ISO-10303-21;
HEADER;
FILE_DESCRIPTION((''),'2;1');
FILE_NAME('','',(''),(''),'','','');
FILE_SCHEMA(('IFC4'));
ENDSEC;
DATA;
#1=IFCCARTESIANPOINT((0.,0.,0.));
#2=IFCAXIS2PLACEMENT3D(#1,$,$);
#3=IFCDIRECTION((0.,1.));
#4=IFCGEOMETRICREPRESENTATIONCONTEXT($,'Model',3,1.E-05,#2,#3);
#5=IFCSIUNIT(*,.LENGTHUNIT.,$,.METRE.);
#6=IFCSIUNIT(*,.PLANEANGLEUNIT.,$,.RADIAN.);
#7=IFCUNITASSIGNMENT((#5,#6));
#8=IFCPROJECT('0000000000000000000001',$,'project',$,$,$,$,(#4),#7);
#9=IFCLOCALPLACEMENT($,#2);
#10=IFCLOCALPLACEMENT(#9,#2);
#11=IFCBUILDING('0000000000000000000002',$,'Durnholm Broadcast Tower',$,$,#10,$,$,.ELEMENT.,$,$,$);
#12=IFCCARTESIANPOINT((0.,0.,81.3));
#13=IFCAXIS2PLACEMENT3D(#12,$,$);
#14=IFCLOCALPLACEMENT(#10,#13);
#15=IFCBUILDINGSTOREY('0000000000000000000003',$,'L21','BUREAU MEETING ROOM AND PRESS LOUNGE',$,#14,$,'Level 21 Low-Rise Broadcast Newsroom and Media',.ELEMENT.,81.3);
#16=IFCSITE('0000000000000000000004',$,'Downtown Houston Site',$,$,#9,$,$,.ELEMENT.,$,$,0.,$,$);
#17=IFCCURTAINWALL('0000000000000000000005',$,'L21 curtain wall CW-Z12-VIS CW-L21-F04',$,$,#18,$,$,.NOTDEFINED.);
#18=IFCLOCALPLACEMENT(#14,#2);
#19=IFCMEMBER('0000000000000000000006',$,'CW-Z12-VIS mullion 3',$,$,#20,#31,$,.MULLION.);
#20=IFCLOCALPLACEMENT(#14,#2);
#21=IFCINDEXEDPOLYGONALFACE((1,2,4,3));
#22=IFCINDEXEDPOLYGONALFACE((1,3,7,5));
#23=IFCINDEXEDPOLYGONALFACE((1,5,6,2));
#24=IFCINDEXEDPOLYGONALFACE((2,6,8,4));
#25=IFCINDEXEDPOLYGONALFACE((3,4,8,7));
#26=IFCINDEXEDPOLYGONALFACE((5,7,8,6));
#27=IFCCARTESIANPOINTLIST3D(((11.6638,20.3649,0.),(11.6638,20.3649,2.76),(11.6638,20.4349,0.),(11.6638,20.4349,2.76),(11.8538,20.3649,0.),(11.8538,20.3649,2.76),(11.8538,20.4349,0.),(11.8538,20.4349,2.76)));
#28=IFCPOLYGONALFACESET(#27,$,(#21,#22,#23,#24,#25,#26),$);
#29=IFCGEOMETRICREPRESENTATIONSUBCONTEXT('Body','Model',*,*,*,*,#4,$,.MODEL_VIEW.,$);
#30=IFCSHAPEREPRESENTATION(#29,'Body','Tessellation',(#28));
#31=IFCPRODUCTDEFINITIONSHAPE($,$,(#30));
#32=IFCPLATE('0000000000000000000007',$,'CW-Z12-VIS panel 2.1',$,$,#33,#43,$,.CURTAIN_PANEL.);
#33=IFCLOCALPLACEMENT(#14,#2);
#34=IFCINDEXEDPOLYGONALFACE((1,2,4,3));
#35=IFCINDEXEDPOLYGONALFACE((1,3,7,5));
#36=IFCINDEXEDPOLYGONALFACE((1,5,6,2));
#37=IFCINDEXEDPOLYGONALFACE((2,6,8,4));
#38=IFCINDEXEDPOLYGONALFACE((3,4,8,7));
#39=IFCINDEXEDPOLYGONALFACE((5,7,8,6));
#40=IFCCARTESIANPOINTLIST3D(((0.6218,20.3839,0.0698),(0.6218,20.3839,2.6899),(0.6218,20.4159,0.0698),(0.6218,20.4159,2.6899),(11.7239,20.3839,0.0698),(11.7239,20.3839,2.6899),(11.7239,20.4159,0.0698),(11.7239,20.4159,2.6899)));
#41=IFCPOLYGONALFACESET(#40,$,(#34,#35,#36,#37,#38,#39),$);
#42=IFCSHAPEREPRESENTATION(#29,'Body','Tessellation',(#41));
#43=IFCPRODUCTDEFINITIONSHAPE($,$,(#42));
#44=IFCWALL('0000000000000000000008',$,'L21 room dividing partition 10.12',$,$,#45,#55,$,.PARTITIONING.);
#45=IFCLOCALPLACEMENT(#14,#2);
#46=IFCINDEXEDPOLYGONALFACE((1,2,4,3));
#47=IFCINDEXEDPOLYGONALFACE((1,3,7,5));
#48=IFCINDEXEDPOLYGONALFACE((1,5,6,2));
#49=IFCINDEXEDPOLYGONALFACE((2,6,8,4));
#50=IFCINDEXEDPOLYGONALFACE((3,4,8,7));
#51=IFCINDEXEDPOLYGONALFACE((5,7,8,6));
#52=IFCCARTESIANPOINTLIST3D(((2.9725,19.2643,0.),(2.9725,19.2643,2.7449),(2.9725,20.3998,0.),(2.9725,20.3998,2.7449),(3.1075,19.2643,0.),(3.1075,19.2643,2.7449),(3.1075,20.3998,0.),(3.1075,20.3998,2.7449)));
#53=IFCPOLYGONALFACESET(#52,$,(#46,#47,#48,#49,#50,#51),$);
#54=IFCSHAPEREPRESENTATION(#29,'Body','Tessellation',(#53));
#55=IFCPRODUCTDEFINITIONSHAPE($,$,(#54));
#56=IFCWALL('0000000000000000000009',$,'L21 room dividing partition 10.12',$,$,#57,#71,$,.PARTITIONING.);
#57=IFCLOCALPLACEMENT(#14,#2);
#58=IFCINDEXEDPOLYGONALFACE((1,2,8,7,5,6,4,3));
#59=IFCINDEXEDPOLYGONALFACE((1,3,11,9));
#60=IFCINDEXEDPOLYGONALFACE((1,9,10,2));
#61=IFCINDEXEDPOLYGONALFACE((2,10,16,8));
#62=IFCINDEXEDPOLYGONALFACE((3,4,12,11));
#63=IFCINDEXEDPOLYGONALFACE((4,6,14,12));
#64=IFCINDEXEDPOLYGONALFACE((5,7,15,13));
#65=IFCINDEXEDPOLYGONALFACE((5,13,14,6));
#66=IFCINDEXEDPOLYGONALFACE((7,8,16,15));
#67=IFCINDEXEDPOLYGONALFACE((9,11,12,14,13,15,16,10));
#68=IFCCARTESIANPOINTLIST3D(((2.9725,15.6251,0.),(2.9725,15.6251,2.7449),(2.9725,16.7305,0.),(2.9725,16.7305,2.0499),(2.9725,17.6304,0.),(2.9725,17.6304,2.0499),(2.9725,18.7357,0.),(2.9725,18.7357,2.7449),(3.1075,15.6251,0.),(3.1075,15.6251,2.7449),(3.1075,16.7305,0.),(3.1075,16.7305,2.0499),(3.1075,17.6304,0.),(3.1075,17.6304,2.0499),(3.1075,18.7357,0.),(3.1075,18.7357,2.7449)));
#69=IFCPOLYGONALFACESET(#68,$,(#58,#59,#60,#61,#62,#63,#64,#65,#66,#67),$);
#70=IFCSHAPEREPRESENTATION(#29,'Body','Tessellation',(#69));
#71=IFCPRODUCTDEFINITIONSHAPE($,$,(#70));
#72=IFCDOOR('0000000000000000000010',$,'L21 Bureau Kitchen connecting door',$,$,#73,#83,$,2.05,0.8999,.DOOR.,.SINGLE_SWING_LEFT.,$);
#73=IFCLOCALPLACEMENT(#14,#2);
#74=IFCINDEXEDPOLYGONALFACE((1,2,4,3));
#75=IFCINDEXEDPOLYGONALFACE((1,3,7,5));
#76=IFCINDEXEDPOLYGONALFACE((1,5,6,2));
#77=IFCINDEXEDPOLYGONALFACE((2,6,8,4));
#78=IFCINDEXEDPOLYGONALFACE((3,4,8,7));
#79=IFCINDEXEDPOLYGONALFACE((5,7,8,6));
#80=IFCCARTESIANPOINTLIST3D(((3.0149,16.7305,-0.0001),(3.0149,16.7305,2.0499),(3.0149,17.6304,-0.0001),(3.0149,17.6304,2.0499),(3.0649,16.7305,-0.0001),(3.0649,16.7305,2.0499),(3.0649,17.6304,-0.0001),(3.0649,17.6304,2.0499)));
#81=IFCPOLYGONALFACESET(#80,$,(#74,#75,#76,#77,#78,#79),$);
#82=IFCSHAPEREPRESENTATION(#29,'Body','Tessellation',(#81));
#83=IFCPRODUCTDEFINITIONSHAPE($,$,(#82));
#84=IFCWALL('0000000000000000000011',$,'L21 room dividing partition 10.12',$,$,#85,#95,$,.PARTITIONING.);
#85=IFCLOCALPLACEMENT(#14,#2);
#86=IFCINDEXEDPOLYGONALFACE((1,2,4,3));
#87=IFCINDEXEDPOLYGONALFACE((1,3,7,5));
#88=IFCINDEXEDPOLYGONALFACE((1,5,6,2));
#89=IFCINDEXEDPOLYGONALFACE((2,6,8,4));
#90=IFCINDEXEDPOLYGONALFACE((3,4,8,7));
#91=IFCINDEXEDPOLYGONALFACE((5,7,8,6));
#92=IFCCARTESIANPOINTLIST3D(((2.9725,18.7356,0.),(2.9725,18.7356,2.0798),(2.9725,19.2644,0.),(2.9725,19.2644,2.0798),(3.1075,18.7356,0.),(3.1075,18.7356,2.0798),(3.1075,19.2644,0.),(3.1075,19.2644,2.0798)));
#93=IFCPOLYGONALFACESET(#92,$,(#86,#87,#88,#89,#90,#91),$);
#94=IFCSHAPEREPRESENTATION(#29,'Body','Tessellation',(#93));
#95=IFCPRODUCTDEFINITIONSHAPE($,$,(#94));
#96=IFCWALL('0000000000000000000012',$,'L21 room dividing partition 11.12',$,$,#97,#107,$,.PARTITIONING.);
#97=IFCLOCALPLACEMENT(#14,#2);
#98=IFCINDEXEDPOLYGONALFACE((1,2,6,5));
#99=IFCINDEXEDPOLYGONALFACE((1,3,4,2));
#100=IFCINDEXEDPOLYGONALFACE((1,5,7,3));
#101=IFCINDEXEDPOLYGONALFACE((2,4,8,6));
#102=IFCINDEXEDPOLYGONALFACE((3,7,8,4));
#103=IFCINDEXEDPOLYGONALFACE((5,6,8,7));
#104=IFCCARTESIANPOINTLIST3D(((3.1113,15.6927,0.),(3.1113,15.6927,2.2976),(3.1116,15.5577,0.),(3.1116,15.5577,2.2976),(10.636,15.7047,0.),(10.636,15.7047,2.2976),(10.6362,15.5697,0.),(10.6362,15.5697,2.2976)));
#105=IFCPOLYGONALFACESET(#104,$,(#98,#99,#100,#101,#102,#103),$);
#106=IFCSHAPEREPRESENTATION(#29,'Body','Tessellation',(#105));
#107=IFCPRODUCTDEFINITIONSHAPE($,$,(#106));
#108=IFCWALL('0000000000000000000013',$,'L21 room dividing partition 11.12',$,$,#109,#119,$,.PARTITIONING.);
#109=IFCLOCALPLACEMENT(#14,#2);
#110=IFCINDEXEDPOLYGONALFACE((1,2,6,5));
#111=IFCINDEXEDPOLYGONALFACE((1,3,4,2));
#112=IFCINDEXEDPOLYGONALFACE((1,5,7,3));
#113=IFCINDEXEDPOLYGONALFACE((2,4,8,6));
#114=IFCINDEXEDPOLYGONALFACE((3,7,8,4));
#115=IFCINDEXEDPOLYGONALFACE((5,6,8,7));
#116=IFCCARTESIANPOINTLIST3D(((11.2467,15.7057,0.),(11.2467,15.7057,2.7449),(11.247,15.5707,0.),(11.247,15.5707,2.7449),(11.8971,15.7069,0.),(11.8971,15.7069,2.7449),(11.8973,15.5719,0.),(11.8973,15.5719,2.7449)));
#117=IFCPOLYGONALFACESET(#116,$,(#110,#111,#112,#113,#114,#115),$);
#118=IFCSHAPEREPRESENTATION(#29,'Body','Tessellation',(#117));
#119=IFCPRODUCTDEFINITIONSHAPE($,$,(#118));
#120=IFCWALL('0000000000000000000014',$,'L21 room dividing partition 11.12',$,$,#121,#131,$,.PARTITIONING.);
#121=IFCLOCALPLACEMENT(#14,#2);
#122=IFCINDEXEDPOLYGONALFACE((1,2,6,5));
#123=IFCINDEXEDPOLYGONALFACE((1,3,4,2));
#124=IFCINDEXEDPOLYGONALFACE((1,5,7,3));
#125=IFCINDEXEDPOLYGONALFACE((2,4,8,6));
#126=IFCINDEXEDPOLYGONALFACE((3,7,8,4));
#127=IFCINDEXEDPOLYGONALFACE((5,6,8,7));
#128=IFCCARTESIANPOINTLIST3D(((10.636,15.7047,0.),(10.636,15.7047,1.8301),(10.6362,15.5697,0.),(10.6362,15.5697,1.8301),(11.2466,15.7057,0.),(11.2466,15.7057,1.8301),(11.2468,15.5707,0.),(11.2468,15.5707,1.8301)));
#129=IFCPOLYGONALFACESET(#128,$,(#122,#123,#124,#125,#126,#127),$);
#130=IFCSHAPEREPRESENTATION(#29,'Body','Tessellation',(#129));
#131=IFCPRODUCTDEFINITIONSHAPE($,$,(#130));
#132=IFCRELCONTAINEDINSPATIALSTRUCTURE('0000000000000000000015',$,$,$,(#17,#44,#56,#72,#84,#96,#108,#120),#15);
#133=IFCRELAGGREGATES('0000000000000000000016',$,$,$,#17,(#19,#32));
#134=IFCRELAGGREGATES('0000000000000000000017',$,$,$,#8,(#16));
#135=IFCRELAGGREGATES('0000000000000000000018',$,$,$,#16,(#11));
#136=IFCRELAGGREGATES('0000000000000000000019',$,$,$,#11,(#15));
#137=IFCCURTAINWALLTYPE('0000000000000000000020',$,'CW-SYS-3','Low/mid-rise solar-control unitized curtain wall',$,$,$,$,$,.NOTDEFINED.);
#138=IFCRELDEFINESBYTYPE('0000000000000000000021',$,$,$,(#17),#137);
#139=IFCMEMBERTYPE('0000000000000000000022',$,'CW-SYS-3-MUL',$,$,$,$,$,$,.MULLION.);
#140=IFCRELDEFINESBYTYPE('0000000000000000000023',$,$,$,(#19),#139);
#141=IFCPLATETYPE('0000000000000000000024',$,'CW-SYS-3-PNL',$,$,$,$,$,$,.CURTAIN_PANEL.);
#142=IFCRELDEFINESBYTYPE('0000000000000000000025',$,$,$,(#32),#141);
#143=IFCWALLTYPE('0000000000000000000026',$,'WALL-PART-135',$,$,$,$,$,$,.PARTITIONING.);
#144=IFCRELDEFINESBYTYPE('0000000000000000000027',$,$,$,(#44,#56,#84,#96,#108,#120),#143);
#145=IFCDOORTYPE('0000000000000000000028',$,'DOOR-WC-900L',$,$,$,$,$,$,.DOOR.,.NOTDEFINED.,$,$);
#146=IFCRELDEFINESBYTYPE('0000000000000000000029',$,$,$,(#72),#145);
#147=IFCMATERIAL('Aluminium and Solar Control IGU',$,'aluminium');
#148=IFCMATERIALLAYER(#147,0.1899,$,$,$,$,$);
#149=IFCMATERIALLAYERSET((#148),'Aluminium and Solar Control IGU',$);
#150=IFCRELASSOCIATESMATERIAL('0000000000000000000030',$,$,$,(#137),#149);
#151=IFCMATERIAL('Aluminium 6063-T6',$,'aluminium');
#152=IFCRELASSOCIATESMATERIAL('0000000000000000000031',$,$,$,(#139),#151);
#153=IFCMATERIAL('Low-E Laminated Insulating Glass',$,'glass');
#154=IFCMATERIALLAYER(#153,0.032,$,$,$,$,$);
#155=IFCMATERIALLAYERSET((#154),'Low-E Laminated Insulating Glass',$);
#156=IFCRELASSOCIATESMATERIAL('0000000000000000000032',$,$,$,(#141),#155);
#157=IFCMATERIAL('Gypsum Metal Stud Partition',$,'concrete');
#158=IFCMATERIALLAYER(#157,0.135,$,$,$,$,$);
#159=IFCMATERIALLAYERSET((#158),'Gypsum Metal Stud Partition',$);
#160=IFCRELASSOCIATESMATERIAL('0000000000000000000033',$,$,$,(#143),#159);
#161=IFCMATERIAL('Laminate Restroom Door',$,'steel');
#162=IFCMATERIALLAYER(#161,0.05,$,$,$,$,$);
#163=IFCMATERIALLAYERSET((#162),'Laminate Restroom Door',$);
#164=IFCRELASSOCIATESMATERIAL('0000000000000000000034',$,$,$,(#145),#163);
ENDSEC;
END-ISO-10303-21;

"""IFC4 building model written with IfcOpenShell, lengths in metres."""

from ifc_helpers import new_model, si_unit, direction, frame, frame_2d, origin, origin_2d, place, context, subcontext, project, spatial, rectangle, extrude, source, transform, mapped, material, layer, layer_set, material_profile, profile_set, type_object, type_shapes, element, fill, aggregate, save


model = new_model("IFC4")

# Units and contexts
model_context = context("Model", 3, precision=1e-05, world=origin(), true_north=direction((0.0, 1.0)))
body_context = subcontext(model_context, "Body", "Model", "MODEL_VIEW")
ifc_project = project(units=[si_unit("LENGTHUNIT", "METRE"), si_unit("PLANEANGLEUNIT", "RADIAN")], contexts=[model_context])

# Site, building, storey
site_placement = place(None, origin())
site = spatial("IfcSite", under=ifc_project, at=site_placement, Name="Downtown Houston Site", CompositionType="ELEMENT", RefElevation=0.0)
building_placement = place(site_placement, origin())
building = spatial("IfcBuilding", under=site, at=building_placement, Name="Durnholm Broadcast Tower", CompositionType="ELEMENT")
storey_placement = place(building_placement, frame((0.0, 0.0, 81.3)))
storey = spatial("IfcBuildingStorey", under=building, at=storey_placement, Name="L21", Description="BUREAU MEETING ROOM AND PRESS LOUNGE", LongName="Level 21 Low-Rise Broadcast Newsroom and Media", CompositionType="ELEMENT", Elevation=81.3)

# Curtain wall
ifc_material_1 = material(Name="Aluminium and Solar Control IGU", Category="aluminium")
ifc_material_2 = material(Name="Aluminium 6063-T6", Category="aluminium")
ifc_layer_1 = layer(ifc_material_1, 0.1899)
ifc_layer_set_1 = layer_set([ifc_layer_1], Name="Aluminium and Solar Control IGU")
curtain_wall_type_1 = type_object("IfcCurtainWallType", Name="CW-SYS-3", Description="Low/mid-rise solar-control unitized curtain wall", PredefinedType="NOTDEFINED", material=ifc_layer_set_1)
curtain_wall_1_placement = place(storey_placement, origin())
curtain_wall_1 = element("IfcCurtainWall", 1, at=curtain_wall_1_placement, inside=storey, type_object=curtain_wall_type_1, Name="L21 curtain wall CW-Z12-VIS CW-L21-F04", PredefinedType="NOTDEFINED")

# Member
ifc_material_profile_1 = material_profile(ifc_material_2, rectangle(XDim=0.0701, YDim=0.1899, at=origin_2d()), Name="CWM70X190")
ifc_profile_set_1 = profile_set([ifc_material_profile_1], Name="Aluminium 6063-T6")
member_type_1 = type_object("IfcMemberType", Name="CW-SYS-3-MUL", PredefinedType="MULLION", material=ifc_profile_set_1)
shared_shape_1 = source(origin(), body_context, "Body", "SweptSolid", [
    extrude(rectangle(XDim=0.0701, YDim=0.1899, at=origin_2d()), origin(), (0.0, 0.0, 1.0), 2.76),
])
type_shapes(member_type_1, [shared_shape_1])
member_1_placement = place(storey_placement, frame((11.7588, 20.3999, 0.0), z_axis=(0.0, 0.0, 1.0), x_axis=(0.0, 1.0, 0.0)))
member_1 = element("IfcMember", 2, at=member_1_placement, type_object=member_type_1, Name="CW-Z12-VIS mullion 3", PredefinedType="MULLION", context=body_context, shape_type="MappedRepresentation", body=[
    mapped(shared_shape_1, transform((0.0, 0.0, 0.0), x_axis=(1.0, 0.0, 0.0), y_axis=(0.0, 1.0, 0.0), z_axis=(0.0, 0.0, 1.0), scale=1.0)),
])

# Plate
ifc_material_3 = material(Name="Low-E Laminated Insulating Glass", Category="glass")
ifc_layer_2 = layer(ifc_material_3, 0.032)
ifc_layer_set_2 = layer_set([ifc_layer_2], Name="Low-E Laminated Insulating Glass")
plate_type = type_object("IfcPlateType", Name="CW-SYS-3-PNL", PredefinedType="CURTAIN_PANEL", material=ifc_layer_set_2)
shared_shape_2 = source(origin(), body_context, "Body", "SweptSolid", [
    extrude(rectangle(XDim=11.1021, YDim=0.032, at=origin_2d()), origin(), (0.0, 0.0, 1.0), 2.6201),
])
type_shapes(plate_type, [shared_shape_2])
plate_placement = place(storey_placement, frame((6.1729, 20.3999, 0.0698), z_axis=(0.0, 0.0, 1.0), x_axis=(1.0, 0.0, 0.0)))
plate = element("IfcPlate", 3, at=plate_placement, type_object=plate_type, Name="CW-Z12-VIS panel 2.1", PredefinedType="CURTAIN_PANEL", context=body_context, shape_type="MappedRepresentation", body=[
    mapped(shared_shape_2, transform((0.0, 0.0, 0.0), x_axis=(1.0, 0.0, 0.0), y_axis=(0.0, 1.0, 0.0), z_axis=(0.0, 0.0, 1.0), scale=1.0)),
])
aggregate(curtain_wall_1, [member_1, plate])

# Wall
ifc_material_4 = material(Name="Gypsum Metal Stud Partition", Category="concrete")
ifc_layer_3 = layer(ifc_material_4, 0.135)
ifc_layer_set_3 = layer_set([ifc_layer_3], Name="Gypsum Metal Stud Partition")
wall_type = type_object("IfcWallType", Name="WALL-PART-135", PredefinedType="PARTITIONING", material=ifc_layer_set_3)
wall_1_placement = place(storey_placement, frame((3.04, 20.3999, 0.0), z_axis=(0.0, 0.0, 1.0), x_axis=(0.0, -1.0, 0.0)))
element("IfcWall", 4, at=wall_1_placement, inside=storey, type_object=wall_type, Name="L21 room dividing partition 10.12", PredefinedType="PARTITIONING", context=body_context, shape_type="SweptSolid", body=[
    extrude(rectangle(XDim=1.1355, YDim=0.135, at=frame_2d((0.5679, 0.0))), origin(), (0.0, 0.0, 1.0), 2.7449),
])

# Wall, opening, door
wall_2_placement = place(storey_placement, frame((3.04, 18.7356, 0.0), z_axis=(0.0, 0.0, 1.0), x_axis=(0.0, -1.0, 0.0)))
wall_2 = element("IfcWall", 5, at=wall_2_placement, inside=storey, type_object=wall_type, Name="L21 room dividing partition 10.12", PredefinedType="PARTITIONING", context=body_context, shape_type="SweptSolid", body=[
    extrude(rectangle(XDim=3.1106, YDim=0.135, at=frame_2d((1.5552, 0.0))), origin(), (0.0, 0.0, 1.0), 2.7449),
])
opening_placement = place(wall_2_placement, frame((1.1052, 0.0, 0.0)))
opening = element("IfcOpeningElement", 6, at=opening_placement, cuts=wall_2, PredefinedType="OPENING", context=body_context, shape_type="SweptSolid", body=[
    extrude(rectangle(XDim=0.8999, YDim=2.05, at=frame_2d((0.45, 1.0249))), frame((0.0, 0.0776, 0.0), z_axis=(0.0, -1.0, 0.0), x_axis=(1.0, 0.0, 0.0)), (0.0, 0.0, 1.0), 0.155),
])
ifc_material_5 = material(Name="Laminate Restroom Door", Category="steel")
ifc_layer_4 = layer(ifc_material_5, 0.05)
ifc_layer_set_4 = layer_set([ifc_layer_4], Name="Laminate Restroom Door")
door_type = type_object("IfcDoorType", Name="DOOR-WC-900L", OperationType="NOTDEFINED", PredefinedType="DOOR", material=ifc_layer_set_4)
shared_shape_3 = source(origin(), body_context, "Body", "SweptSolid", [
    extrude(rectangle(XDim=0.8999, YDim=2.05, at=frame_2d((0.45, 1.0249))), frame((0.0, 0.0249, 0.0), z_axis=(0.0, -1.0, 0.0), x_axis=(1.0, 0.0, 0.0)), (0.0, 0.0, 1.0), 0.05),
])
type_shapes(door_type, [shared_shape_3])
door_placement = place(opening_placement, origin())
door = element("IfcDoor", 7, at=door_placement, inside=storey, type_object=door_type, Name="L21 Bureau Kitchen connecting door", OperationType="SINGLE_SWING_LEFT", OverallHeight=2.05, OverallWidth=0.8999, PredefinedType="DOOR", context=body_context, shape_type="MappedRepresentation", body=[
    mapped(shared_shape_3, transform((0.0, 0.0, 0.0), x_axis=(1.0, 0.0, 0.0), y_axis=(0.0, 1.0, 0.0), z_axis=(0.0, 0.0, 1.0), scale=1.0)),
])
fill(opening, door)

# Walls
wall_3_placement = place(storey_placement, frame((3.04, 19.2644, 0.0), z_axis=(0.0, 0.0, 1.0), x_axis=(0.0, -1.0, 0.0)))
element("IfcWall", 8, at=wall_3_placement, inside=storey, type_object=wall_type, Name="L21 room dividing partition 10.12", PredefinedType="PARTITIONING", context=body_context, shape_type="SweptSolid", body=[
    extrude(rectangle(XDim=0.5288, YDim=0.135, at=frame_2d((0.2644, 0.0))), origin(), (0.0, 0.0, 1.0), 2.0798),
])
wall_4_placement = place(storey_placement, frame((3.1116, 15.6252, 0.0), z_axis=(0.0, 0.0, 1.0), x_axis=(0.999999, 0.00159, 0.0)))
element("IfcWall", 9, at=wall_4_placement, inside=storey, type_object=wall_type, Name="L21 room dividing partition 11.12", PredefinedType="PARTITIONING", context=body_context, shape_type="SweptSolid", body=[
    extrude(rectangle(XDim=7.5247, YDim=0.135, at=frame_2d((3.7622, 0.0))), origin(), (0.0, 0.0, 1.0), 2.2976),
])
wall_5_placement = place(storey_placement, frame((11.2468, 15.6382, 0.0), z_axis=(0.0, 0.0, 1.0), x_axis=(0.999998, 0.001877, 0.0)))
element("IfcWall", 10, at=wall_5_placement, inside=storey, type_object=wall_type, Name="L21 room dividing partition 11.12", PredefinedType="PARTITIONING", context=body_context, shape_type="SweptSolid", body=[
    extrude(rectangle(XDim=0.6504, YDim=0.135, at=frame_2d((0.3252, 0.0))), origin(), (0.0, 0.0, 1.0), 2.7449),
])
wall_6_placement = place(storey_placement, frame((10.6362, 15.6372, 0.0), z_axis=(0.0, 0.0, 1.0), x_axis=(0.999999, 0.001599, 0.0)))
element("IfcWall", 11, at=wall_6_placement, inside=storey, type_object=wall_type, Name="L21 room dividing partition 11.12", PredefinedType="PARTITIONING", context=body_context, shape_type="SweptSolid", body=[
    extrude(rectangle(XDim=0.6106, YDim=0.135, at=frame_2d((0.3052, 0.0))), origin(), (0.0, 0.0, 1.0), 1.8301),
])

save(model, "model.ifc")
